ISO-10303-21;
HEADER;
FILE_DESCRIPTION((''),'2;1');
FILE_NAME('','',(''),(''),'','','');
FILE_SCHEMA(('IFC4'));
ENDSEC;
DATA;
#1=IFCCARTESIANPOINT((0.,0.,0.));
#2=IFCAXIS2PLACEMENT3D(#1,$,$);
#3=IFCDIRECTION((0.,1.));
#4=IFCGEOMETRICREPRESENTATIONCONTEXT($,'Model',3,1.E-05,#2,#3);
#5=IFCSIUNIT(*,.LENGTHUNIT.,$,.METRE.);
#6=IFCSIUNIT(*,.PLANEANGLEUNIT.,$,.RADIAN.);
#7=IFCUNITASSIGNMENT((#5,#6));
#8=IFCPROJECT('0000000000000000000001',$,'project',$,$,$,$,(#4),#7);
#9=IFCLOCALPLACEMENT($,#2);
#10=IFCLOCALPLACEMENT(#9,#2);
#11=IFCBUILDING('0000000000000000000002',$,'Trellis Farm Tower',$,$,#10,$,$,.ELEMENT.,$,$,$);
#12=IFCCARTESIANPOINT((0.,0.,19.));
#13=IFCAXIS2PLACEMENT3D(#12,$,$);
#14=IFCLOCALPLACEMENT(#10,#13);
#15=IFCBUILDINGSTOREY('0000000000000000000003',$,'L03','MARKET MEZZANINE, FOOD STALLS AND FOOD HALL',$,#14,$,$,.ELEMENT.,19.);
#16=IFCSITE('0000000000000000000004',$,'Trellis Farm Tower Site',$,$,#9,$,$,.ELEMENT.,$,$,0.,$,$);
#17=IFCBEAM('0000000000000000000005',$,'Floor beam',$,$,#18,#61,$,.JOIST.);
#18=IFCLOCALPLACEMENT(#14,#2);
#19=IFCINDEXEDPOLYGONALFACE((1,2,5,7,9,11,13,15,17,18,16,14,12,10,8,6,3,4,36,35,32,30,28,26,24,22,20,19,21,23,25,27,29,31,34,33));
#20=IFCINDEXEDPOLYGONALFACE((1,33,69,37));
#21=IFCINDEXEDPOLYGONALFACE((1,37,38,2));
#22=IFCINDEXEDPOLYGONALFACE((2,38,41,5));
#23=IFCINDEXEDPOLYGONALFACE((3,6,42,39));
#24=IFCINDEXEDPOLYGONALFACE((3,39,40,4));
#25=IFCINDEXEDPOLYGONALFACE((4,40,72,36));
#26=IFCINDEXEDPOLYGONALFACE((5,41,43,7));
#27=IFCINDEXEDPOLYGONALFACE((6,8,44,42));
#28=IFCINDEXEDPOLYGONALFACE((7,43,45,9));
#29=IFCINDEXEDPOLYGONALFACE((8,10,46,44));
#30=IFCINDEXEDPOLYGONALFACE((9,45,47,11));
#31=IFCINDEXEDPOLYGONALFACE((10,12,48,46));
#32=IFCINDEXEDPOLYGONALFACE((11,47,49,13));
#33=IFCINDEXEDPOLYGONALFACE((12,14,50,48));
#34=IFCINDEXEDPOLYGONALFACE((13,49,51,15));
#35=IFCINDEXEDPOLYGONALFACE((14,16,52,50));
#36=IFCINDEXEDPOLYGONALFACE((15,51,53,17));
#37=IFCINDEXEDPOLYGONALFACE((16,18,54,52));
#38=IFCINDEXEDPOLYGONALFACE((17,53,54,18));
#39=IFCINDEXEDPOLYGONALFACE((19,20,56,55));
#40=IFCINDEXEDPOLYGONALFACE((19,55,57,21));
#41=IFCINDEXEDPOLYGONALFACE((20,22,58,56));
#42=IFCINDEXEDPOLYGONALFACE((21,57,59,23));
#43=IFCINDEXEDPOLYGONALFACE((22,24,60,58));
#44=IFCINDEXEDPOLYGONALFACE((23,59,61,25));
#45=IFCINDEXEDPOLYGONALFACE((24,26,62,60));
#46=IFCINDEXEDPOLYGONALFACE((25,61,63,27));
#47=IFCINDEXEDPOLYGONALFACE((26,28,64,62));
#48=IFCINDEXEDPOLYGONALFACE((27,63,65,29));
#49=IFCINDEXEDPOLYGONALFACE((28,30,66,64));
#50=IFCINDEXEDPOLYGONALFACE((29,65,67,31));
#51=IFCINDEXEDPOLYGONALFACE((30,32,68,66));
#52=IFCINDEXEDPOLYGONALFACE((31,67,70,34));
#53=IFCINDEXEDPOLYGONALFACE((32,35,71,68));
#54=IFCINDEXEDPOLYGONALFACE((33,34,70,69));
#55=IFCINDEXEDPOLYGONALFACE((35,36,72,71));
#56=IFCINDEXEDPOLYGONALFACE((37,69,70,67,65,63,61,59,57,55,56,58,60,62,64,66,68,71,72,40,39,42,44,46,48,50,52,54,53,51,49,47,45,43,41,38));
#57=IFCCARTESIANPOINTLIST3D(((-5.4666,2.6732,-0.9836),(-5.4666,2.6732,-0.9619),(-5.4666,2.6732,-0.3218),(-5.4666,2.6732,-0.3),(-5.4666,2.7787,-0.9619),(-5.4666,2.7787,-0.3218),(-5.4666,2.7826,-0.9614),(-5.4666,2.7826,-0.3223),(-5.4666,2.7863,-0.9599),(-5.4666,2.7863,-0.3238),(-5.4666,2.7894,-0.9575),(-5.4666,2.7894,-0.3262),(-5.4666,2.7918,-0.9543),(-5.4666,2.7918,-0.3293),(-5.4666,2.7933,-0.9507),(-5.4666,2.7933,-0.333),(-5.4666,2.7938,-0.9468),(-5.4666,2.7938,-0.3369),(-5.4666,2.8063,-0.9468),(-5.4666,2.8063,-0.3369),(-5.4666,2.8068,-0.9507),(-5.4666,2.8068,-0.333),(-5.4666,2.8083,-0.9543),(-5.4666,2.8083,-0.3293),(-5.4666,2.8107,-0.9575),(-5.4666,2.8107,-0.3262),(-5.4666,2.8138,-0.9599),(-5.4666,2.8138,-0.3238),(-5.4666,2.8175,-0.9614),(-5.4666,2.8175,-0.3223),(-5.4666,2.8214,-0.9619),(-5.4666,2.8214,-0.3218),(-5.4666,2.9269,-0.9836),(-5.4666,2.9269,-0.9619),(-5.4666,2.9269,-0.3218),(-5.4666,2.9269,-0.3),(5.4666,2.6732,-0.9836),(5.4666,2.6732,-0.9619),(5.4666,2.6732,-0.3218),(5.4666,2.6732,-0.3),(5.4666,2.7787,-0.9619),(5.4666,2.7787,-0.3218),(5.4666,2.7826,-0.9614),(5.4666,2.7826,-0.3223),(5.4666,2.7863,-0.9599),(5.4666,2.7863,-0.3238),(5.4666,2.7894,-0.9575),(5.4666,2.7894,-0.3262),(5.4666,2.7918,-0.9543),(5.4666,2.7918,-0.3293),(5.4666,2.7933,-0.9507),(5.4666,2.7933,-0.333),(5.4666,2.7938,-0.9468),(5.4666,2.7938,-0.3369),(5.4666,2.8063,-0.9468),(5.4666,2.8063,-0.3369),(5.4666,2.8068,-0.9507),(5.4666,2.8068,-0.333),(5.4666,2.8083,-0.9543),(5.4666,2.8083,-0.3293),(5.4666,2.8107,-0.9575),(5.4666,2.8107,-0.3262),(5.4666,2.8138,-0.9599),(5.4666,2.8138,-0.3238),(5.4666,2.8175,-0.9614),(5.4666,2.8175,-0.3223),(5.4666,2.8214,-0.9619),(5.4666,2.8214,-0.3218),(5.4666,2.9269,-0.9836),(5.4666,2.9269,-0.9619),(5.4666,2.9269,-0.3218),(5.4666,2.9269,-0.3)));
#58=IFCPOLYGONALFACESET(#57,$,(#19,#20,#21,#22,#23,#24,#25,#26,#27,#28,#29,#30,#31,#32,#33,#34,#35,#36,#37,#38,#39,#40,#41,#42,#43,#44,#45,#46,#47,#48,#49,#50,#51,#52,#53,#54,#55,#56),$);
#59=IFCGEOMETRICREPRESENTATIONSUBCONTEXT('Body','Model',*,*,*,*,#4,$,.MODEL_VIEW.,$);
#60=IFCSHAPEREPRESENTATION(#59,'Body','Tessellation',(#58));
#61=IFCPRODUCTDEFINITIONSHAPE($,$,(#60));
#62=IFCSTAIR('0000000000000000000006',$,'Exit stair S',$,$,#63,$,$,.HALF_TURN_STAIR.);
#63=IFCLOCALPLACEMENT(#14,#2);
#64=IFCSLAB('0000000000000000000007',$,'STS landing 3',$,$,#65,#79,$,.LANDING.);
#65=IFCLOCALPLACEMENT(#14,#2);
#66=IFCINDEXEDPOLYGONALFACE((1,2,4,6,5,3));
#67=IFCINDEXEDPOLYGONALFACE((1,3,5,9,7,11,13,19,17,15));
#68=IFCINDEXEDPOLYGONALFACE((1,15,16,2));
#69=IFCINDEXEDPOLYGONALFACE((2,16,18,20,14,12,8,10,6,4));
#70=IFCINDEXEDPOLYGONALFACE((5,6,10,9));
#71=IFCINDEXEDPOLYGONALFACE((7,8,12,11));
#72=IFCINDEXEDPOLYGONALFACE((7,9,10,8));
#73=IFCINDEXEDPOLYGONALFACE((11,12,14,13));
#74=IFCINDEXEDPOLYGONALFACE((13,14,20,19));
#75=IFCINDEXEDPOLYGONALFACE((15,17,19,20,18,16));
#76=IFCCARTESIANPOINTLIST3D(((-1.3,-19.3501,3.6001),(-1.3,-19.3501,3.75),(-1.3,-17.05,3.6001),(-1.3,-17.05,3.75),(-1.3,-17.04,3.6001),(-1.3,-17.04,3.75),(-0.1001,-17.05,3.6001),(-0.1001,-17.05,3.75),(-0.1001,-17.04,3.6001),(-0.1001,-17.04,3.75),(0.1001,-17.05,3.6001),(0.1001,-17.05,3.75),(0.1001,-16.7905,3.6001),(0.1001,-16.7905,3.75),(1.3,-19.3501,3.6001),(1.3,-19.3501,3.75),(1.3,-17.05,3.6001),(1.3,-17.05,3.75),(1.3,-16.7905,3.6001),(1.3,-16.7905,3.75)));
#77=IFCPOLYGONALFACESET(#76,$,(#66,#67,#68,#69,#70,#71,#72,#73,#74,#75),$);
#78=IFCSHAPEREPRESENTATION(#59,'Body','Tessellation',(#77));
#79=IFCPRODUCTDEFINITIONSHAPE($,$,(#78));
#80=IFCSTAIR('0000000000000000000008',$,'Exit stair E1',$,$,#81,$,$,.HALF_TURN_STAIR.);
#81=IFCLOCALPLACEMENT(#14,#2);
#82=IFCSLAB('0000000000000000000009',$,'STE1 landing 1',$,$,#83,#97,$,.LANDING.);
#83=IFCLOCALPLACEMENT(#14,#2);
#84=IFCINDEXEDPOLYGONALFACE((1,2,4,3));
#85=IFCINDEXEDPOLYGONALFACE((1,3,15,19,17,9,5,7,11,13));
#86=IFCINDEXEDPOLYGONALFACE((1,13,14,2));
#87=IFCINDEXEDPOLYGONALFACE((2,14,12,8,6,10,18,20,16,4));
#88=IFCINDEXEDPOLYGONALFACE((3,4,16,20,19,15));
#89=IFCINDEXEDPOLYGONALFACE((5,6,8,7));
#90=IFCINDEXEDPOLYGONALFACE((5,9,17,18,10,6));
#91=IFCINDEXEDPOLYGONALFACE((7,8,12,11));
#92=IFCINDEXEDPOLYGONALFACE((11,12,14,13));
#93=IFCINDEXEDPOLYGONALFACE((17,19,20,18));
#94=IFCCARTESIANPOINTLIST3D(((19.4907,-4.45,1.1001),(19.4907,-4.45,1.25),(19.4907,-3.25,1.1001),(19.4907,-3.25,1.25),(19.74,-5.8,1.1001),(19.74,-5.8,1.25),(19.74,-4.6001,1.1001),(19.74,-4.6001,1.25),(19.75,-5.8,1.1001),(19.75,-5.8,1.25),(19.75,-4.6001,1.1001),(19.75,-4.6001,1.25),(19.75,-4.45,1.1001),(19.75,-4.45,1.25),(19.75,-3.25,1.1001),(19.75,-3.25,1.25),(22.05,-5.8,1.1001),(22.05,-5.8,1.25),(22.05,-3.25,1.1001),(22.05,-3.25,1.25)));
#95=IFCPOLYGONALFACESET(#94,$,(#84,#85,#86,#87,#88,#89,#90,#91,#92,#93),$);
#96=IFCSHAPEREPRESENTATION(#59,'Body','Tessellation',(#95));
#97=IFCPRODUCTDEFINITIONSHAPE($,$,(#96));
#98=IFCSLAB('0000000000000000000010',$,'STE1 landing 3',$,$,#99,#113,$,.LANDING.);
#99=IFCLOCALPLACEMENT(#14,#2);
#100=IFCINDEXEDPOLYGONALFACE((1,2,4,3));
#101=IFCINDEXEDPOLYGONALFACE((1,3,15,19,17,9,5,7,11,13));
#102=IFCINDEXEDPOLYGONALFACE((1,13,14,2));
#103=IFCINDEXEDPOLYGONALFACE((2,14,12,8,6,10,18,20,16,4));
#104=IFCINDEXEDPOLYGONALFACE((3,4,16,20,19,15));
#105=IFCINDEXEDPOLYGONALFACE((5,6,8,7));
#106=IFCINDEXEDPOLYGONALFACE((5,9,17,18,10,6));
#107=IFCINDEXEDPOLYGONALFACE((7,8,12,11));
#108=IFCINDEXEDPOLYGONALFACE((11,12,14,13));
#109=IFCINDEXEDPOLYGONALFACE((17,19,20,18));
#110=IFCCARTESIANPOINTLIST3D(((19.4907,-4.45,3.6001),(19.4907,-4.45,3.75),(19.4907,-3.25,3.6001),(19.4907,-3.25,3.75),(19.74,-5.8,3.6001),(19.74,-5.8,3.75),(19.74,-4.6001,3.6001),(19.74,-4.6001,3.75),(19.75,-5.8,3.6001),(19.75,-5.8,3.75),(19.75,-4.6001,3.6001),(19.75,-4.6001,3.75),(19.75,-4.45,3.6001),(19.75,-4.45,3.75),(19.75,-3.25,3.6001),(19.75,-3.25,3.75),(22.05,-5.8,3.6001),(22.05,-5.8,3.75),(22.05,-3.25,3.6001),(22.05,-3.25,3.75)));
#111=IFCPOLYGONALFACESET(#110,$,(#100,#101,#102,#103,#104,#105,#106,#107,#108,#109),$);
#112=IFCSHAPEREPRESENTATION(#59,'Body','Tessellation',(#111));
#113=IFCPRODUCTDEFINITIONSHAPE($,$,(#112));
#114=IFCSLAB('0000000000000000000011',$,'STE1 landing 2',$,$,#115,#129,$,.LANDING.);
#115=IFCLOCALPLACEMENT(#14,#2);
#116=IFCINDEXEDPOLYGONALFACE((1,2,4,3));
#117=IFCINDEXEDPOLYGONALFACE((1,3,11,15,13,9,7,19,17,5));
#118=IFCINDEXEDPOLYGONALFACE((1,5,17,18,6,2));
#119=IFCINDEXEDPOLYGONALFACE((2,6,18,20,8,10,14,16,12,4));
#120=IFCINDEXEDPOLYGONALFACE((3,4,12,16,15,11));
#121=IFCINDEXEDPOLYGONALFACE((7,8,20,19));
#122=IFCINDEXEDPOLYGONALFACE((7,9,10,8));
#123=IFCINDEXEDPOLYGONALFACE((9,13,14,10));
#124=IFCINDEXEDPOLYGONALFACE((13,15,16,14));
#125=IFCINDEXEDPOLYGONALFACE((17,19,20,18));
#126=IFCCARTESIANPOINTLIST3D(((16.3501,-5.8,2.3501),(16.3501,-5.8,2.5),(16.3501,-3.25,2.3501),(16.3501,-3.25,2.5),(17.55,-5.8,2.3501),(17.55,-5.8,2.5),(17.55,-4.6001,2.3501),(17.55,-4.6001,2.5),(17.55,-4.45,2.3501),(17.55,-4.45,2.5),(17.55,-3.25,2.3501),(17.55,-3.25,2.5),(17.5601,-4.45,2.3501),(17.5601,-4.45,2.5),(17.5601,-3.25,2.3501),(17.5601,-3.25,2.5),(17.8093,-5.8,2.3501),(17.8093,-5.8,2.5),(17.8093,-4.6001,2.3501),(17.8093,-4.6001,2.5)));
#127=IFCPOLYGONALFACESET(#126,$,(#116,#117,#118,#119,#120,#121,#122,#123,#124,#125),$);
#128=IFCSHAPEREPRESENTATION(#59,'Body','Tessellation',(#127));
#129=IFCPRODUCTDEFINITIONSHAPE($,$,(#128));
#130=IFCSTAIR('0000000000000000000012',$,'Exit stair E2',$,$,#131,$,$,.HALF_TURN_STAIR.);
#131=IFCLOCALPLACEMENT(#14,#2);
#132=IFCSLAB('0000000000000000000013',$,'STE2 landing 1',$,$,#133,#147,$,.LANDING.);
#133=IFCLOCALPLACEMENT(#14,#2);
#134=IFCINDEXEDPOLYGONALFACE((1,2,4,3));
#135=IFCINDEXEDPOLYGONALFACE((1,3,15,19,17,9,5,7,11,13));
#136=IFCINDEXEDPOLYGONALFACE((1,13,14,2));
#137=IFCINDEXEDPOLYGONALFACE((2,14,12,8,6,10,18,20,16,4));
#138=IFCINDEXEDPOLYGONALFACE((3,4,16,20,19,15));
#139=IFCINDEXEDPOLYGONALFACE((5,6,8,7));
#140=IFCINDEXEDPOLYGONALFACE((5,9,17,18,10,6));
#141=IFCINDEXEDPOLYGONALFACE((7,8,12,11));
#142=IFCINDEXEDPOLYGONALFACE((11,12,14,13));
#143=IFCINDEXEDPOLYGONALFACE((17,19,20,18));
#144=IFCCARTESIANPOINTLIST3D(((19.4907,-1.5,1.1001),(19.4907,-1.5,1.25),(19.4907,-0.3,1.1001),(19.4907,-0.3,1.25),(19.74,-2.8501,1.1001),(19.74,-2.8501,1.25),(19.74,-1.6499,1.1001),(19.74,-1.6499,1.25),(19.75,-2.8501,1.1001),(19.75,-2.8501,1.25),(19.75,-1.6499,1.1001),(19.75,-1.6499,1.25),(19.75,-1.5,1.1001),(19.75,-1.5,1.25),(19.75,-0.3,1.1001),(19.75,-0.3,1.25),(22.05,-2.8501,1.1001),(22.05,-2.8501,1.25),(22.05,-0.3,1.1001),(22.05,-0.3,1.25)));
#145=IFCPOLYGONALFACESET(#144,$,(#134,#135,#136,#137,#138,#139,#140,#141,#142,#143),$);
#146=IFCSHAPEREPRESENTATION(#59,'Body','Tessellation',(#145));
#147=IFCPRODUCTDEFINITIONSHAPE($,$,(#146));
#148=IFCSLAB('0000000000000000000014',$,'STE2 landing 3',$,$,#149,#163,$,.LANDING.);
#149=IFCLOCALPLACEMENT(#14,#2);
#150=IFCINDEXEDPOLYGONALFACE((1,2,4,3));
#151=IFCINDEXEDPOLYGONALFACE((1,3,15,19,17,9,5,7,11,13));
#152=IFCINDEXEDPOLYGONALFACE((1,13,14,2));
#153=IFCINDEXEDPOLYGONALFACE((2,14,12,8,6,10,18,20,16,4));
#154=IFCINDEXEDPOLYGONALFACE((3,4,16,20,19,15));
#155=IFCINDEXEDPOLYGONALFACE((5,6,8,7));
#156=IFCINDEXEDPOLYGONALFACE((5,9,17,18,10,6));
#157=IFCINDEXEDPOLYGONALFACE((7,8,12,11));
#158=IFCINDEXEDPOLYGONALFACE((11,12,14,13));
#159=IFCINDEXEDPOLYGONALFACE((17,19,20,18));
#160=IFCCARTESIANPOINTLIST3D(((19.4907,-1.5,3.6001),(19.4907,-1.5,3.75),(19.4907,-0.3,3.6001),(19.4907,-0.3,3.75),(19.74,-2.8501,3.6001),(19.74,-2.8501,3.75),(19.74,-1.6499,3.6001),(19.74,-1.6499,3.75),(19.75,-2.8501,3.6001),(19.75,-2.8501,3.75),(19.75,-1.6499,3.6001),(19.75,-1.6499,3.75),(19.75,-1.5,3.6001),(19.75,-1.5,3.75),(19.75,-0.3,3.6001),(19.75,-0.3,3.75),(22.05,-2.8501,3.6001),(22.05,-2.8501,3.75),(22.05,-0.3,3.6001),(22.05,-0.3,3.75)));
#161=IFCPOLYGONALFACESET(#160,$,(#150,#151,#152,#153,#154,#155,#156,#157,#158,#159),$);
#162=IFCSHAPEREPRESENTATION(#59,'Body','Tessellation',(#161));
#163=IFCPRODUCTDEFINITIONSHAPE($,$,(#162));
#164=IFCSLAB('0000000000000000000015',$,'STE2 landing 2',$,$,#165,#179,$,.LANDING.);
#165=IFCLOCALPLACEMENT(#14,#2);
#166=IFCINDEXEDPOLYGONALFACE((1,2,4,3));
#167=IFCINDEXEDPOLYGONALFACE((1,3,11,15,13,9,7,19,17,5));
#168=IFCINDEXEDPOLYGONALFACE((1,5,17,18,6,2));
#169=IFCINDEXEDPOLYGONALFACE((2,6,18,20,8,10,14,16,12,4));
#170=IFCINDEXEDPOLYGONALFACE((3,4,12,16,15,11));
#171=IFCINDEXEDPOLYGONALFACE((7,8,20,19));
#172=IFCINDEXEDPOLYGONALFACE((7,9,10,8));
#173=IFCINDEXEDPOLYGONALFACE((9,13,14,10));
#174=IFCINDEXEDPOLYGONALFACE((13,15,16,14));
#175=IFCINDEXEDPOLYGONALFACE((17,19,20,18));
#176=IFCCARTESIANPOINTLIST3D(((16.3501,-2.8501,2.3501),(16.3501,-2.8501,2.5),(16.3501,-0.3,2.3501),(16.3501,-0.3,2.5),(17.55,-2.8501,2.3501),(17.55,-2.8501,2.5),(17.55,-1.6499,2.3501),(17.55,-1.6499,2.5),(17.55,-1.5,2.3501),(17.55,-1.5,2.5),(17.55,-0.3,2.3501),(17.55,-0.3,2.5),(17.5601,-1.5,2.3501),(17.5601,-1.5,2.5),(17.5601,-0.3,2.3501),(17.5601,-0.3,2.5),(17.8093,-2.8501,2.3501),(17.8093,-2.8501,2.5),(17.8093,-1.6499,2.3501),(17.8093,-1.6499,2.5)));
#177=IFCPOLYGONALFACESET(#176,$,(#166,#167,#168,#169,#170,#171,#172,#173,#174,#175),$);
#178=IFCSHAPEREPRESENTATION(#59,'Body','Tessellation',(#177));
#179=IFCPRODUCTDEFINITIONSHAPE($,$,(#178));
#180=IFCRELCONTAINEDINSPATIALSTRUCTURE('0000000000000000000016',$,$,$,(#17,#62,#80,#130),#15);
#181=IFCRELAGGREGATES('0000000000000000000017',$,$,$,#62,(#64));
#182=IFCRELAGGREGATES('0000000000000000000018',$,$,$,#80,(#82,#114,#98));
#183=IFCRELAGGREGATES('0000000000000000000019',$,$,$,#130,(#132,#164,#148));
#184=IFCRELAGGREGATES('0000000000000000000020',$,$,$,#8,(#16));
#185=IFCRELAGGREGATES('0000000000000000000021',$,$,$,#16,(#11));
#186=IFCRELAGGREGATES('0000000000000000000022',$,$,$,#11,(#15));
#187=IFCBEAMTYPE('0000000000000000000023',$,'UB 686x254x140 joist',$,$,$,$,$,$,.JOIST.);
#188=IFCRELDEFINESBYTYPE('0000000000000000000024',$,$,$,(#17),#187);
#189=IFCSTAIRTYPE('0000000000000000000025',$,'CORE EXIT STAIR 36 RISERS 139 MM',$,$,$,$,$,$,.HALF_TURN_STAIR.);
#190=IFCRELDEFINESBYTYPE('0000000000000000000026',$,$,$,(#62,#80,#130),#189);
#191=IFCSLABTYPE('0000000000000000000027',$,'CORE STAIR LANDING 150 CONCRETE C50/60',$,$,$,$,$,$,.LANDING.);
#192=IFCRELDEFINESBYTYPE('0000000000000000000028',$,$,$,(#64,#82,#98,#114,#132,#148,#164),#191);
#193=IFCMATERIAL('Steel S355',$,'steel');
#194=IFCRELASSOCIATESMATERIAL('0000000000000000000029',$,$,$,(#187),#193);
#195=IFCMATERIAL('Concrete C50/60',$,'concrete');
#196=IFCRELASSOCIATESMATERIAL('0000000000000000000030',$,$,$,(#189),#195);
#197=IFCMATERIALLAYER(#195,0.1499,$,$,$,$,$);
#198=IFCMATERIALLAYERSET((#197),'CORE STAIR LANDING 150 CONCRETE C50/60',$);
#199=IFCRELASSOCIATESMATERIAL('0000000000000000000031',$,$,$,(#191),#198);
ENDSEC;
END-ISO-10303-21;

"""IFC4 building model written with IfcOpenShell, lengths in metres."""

from ifc_helpers import new_model, si_unit, direction, frame, origin, origin_2d, place, context, subcontext, project, spatial, polyline, i_section, outline, extrude, source, transform, mapped, material, layer, layer_set, material_profile, profile_set, type_object, element, aggregate, save


model = new_model("IFC4")

# Units and contexts
model_context = context("Model", 3, precision=1e-05, world=origin(), true_north=direction((0.0, 1.0)))
body_context = subcontext(model_context, "Body", "Model", "MODEL_VIEW")
ifc_project = project(units=[si_unit("LENGTHUNIT", "METRE"), si_unit("PLANEANGLEUNIT", "RADIAN")], contexts=[model_context])

# Site, building, storey
site_placement = place(None, origin())
site = spatial("IfcSite", under=ifc_project, at=site_placement, Name="Trellis Farm Tower Site", CompositionType="ELEMENT", RefElevation=0.0)
building_placement = place(site_placement, origin())
building = spatial("IfcBuilding", under=site, at=building_placement, Name="Trellis Farm Tower", CompositionType="ELEMENT")
storey_placement = place(building_placement, frame((0.0, 0.0, 19.0)))
storey = spatial("IfcBuildingStorey", under=building, at=storey_placement, Name="L03", Description="MARKET MEZZANINE, FOOD STALLS AND FOOD HALL", CompositionType="ELEMENT", Elevation=19.0)

# Beam
ifc_material_1 = material(Name="Steel S355", Category="steel")
ifc_material_profile = material_profile(ifc_material_1, i_section(OverallWidth=0.2537, OverallDepth=0.6836, WebThickness=0.0125, FlangeThickness=0.0217, FilletRadius=0.0151, at=origin_2d()), Name="UB 686x254x140")
ifc_profile_set = profile_set([ifc_material_profile], Name="Steel S355")
beam_type = type_object("IfcBeamType", Name="UB 686x254x140 joist", PredefinedType="JOIST", material=ifc_profile_set)
shared_shape_1 = source(origin(), body_context, "Body", "SweptSolid", [
    extrude(i_section(OverallWidth=0.2537, OverallDepth=0.6836, WebThickness=0.0125, FlangeThickness=0.0217, FilletRadius=0.0151, at=origin_2d()), origin(), (0.0, 0.0, 1.0), 10.9331),
])
beam_placement = place(storey_placement, frame((-5.4666, 2.8, -0.6418), z_axis=(1.0, 0.0, 0.0), x_axis=(0.0, 1.0, 0.0)))
element("IfcBeam", 1, at=beam_placement, inside=storey, type_object=beam_type, Name="Floor beam", PredefinedType="JOIST", context=body_context, shape_type="MappedRepresentation", body=[
    mapped(shared_shape_1, transform((0.0, 0.0, 0.0))),
])

# Stair, slab
ifc_material_2 = material(Name="Concrete C50/60", Category="concrete")
stair_type_1 = type_object("IfcStairType", Name="CORE EXIT STAIR 36 RISERS 139 MM", PredefinedType="HALF_TURN_STAIR", material=ifc_material_2)
placement_1 = place(storey_placement, origin())
stair_1 = element("IfcStair", 2, at=placement_1, inside=storey, type_object=stair_type_1, Name="Exit stair S", PredefinedType="HALF_TURN_STAIR")
ifc_layer_1 = layer(ifc_material_2, 0.1499)
ifc_layer_set_1 = layer_set([ifc_layer_1], Name="CORE STAIR LANDING 150 CONCRETE C50/60")
slab_type = type_object("IfcSlabType", Name="CORE STAIR LANDING 150 CONCRETE C50/60", PredefinedType="LANDING", material=ifc_layer_set_1)
shared_shape_2 = source(origin(), body_context, "Body", "SweptSolid", [
    extrude(outline(polyline([(1.3, -19.3501), (-1.3, -19.3501), (-1.3, -17.05), (-1.3, -17.04), (-0.1001, -17.04), (-0.1001, -17.05), (0.1001, -17.05), (0.1001, -16.7905), (1.3, -16.7905), (1.3, -17.05), (1.3, -19.3501)])), origin(), (0.0, 0.0, 1.0), 0.1499),
])
placement_2 = place(storey_placement, frame((0.0, 0.0, 3.6001)))
slab_1 = element("IfcSlab", 3, at=placement_2, type_object=slab_type, Name="STS landing 3", PredefinedType="LANDING", context=body_context, shape_type="MappedRepresentation", body=[
    mapped(shared_shape_2, transform((0.0, 0.0, 0.0))),
])
aggregate(stair_1, [slab_1])

# Stairs, slabs
stair_2 = element("IfcStair", 4, at=placement_1, inside=storey, type_object=stair_type_1, Name="Exit stair E1", PredefinedType="HALF_TURN_STAIR")
shared_shape_3 = source(origin(), body_context, "Body", "SweptSolid", [
    extrude(outline(polyline([(19.74, -5.8), (19.74, -4.6001), (19.75, -4.6001), (19.75, -4.45), (19.4907, -4.45), (19.4907, -3.25), (19.75, -3.25), (22.05, -3.25), (22.05, -5.8), (19.75, -5.8), (19.74, -5.8)])), origin(), (0.0, 0.0, 1.0), 0.1499),
])
placement_3 = place(storey_placement, frame((0.0, 0.0, 1.1001)))
slab_2 = element("IfcSlab", 5, at=placement_3, type_object=slab_type, Name="STE1 landing 1", PredefinedType="LANDING", context=body_context, shape_type="MappedRepresentation", body=[
    mapped(shared_shape_3, transform((0.0, 0.0, 0.0))),
])
slab_3 = element("IfcSlab", 6, at=placement_2, type_object=slab_type, Name="STE1 landing 3", PredefinedType="LANDING", context=body_context, shape_type="MappedRepresentation", body=[
    mapped(shared_shape_3, transform((0.0, 0.0, 0.0))),
])
shared_shape_4 = source(origin(), body_context, "Body", "SweptSolid", [
    extrude(outline(polyline([(17.8093, -4.6001), (17.8093, -5.8), (17.55, -5.8), (16.3501, -5.8), (16.3501, -3.25), (17.55, -3.25), (17.5601, -3.25), (17.5601, -4.45), (17.55, -4.45), (17.55, -4.6001), (17.8093, -4.6001)])), origin(), (0.0, 0.0, 1.0), 0.1499),
])
placement_4 = place(storey_placement, frame((0.0, 0.0, 2.3501)))
slab_4 = element("IfcSlab", 7, at=placement_4, type_object=slab_type, Name="STE1 landing 2", PredefinedType="LANDING", context=body_context, shape_type="MappedRepresentation", body=[
    mapped(shared_shape_4, transform((0.0, 0.0, 0.0))),
])
aggregate(stair_2, [slab_2, slab_4, slab_3])
stair_3 = element("IfcStair", 8, at=placement_1, inside=storey, type_object=stair_type_1, Name="Exit stair E2", PredefinedType="HALF_TURN_STAIR")
shared_shape_5 = source(origin(), body_context, "Body", "SweptSolid", [
    extrude(outline(polyline([(19.74, -2.8501), (19.74, -1.6499), (19.75, -1.6499), (19.75, -1.5), (19.4907, -1.5), (19.4907, -0.3), (19.75, -0.3), (22.05, -0.3), (22.05, -2.8501), (19.75, -2.8501), (19.74, -2.8501)])), origin(), (0.0, 0.0, 1.0), 0.1499),
])
slab_5 = element("IfcSlab", 9, at=placement_3, type_object=slab_type, Name="STE2 landing 1", PredefinedType="LANDING", context=body_context, shape_type="MappedRepresentation", body=[
    mapped(shared_shape_5, transform((0.0, 0.0, 0.0))),
])
slab_6 = element("IfcSlab", 10, at=placement_2, type_object=slab_type, Name="STE2 landing 3", PredefinedType="LANDING", context=body_context, shape_type="MappedRepresentation", body=[
    mapped(shared_shape_5, transform((0.0, 0.0, 0.0))),
])
shared_shape_6 = source(origin(), body_context, "Body", "SweptSolid", [
    extrude(outline(polyline([(17.8093, -1.6499), (17.8093, -2.8501), (17.55, -2.8501), (16.3501, -2.8501), (16.3501, -0.3), (17.55, -0.3), (17.5601, -0.3), (17.5601, -1.5), (17.55, -1.5), (17.55, -1.6499), (17.8093, -1.6499)])), origin(), (0.0, 0.0, 1.0), 0.1499),
])
slab_7 = element("IfcSlab", 11, at=placement_4, type_object=slab_type, Name="STE2 landing 2", PredefinedType="LANDING", context=body_context, shape_type="MappedRepresentation", body=[
    mapped(shared_shape_6, transform((0.0, 0.0, 0.0))),
])
aggregate(stair_3, [slab_5, slab_7, slab_6])

save(model, "model.ifc")
